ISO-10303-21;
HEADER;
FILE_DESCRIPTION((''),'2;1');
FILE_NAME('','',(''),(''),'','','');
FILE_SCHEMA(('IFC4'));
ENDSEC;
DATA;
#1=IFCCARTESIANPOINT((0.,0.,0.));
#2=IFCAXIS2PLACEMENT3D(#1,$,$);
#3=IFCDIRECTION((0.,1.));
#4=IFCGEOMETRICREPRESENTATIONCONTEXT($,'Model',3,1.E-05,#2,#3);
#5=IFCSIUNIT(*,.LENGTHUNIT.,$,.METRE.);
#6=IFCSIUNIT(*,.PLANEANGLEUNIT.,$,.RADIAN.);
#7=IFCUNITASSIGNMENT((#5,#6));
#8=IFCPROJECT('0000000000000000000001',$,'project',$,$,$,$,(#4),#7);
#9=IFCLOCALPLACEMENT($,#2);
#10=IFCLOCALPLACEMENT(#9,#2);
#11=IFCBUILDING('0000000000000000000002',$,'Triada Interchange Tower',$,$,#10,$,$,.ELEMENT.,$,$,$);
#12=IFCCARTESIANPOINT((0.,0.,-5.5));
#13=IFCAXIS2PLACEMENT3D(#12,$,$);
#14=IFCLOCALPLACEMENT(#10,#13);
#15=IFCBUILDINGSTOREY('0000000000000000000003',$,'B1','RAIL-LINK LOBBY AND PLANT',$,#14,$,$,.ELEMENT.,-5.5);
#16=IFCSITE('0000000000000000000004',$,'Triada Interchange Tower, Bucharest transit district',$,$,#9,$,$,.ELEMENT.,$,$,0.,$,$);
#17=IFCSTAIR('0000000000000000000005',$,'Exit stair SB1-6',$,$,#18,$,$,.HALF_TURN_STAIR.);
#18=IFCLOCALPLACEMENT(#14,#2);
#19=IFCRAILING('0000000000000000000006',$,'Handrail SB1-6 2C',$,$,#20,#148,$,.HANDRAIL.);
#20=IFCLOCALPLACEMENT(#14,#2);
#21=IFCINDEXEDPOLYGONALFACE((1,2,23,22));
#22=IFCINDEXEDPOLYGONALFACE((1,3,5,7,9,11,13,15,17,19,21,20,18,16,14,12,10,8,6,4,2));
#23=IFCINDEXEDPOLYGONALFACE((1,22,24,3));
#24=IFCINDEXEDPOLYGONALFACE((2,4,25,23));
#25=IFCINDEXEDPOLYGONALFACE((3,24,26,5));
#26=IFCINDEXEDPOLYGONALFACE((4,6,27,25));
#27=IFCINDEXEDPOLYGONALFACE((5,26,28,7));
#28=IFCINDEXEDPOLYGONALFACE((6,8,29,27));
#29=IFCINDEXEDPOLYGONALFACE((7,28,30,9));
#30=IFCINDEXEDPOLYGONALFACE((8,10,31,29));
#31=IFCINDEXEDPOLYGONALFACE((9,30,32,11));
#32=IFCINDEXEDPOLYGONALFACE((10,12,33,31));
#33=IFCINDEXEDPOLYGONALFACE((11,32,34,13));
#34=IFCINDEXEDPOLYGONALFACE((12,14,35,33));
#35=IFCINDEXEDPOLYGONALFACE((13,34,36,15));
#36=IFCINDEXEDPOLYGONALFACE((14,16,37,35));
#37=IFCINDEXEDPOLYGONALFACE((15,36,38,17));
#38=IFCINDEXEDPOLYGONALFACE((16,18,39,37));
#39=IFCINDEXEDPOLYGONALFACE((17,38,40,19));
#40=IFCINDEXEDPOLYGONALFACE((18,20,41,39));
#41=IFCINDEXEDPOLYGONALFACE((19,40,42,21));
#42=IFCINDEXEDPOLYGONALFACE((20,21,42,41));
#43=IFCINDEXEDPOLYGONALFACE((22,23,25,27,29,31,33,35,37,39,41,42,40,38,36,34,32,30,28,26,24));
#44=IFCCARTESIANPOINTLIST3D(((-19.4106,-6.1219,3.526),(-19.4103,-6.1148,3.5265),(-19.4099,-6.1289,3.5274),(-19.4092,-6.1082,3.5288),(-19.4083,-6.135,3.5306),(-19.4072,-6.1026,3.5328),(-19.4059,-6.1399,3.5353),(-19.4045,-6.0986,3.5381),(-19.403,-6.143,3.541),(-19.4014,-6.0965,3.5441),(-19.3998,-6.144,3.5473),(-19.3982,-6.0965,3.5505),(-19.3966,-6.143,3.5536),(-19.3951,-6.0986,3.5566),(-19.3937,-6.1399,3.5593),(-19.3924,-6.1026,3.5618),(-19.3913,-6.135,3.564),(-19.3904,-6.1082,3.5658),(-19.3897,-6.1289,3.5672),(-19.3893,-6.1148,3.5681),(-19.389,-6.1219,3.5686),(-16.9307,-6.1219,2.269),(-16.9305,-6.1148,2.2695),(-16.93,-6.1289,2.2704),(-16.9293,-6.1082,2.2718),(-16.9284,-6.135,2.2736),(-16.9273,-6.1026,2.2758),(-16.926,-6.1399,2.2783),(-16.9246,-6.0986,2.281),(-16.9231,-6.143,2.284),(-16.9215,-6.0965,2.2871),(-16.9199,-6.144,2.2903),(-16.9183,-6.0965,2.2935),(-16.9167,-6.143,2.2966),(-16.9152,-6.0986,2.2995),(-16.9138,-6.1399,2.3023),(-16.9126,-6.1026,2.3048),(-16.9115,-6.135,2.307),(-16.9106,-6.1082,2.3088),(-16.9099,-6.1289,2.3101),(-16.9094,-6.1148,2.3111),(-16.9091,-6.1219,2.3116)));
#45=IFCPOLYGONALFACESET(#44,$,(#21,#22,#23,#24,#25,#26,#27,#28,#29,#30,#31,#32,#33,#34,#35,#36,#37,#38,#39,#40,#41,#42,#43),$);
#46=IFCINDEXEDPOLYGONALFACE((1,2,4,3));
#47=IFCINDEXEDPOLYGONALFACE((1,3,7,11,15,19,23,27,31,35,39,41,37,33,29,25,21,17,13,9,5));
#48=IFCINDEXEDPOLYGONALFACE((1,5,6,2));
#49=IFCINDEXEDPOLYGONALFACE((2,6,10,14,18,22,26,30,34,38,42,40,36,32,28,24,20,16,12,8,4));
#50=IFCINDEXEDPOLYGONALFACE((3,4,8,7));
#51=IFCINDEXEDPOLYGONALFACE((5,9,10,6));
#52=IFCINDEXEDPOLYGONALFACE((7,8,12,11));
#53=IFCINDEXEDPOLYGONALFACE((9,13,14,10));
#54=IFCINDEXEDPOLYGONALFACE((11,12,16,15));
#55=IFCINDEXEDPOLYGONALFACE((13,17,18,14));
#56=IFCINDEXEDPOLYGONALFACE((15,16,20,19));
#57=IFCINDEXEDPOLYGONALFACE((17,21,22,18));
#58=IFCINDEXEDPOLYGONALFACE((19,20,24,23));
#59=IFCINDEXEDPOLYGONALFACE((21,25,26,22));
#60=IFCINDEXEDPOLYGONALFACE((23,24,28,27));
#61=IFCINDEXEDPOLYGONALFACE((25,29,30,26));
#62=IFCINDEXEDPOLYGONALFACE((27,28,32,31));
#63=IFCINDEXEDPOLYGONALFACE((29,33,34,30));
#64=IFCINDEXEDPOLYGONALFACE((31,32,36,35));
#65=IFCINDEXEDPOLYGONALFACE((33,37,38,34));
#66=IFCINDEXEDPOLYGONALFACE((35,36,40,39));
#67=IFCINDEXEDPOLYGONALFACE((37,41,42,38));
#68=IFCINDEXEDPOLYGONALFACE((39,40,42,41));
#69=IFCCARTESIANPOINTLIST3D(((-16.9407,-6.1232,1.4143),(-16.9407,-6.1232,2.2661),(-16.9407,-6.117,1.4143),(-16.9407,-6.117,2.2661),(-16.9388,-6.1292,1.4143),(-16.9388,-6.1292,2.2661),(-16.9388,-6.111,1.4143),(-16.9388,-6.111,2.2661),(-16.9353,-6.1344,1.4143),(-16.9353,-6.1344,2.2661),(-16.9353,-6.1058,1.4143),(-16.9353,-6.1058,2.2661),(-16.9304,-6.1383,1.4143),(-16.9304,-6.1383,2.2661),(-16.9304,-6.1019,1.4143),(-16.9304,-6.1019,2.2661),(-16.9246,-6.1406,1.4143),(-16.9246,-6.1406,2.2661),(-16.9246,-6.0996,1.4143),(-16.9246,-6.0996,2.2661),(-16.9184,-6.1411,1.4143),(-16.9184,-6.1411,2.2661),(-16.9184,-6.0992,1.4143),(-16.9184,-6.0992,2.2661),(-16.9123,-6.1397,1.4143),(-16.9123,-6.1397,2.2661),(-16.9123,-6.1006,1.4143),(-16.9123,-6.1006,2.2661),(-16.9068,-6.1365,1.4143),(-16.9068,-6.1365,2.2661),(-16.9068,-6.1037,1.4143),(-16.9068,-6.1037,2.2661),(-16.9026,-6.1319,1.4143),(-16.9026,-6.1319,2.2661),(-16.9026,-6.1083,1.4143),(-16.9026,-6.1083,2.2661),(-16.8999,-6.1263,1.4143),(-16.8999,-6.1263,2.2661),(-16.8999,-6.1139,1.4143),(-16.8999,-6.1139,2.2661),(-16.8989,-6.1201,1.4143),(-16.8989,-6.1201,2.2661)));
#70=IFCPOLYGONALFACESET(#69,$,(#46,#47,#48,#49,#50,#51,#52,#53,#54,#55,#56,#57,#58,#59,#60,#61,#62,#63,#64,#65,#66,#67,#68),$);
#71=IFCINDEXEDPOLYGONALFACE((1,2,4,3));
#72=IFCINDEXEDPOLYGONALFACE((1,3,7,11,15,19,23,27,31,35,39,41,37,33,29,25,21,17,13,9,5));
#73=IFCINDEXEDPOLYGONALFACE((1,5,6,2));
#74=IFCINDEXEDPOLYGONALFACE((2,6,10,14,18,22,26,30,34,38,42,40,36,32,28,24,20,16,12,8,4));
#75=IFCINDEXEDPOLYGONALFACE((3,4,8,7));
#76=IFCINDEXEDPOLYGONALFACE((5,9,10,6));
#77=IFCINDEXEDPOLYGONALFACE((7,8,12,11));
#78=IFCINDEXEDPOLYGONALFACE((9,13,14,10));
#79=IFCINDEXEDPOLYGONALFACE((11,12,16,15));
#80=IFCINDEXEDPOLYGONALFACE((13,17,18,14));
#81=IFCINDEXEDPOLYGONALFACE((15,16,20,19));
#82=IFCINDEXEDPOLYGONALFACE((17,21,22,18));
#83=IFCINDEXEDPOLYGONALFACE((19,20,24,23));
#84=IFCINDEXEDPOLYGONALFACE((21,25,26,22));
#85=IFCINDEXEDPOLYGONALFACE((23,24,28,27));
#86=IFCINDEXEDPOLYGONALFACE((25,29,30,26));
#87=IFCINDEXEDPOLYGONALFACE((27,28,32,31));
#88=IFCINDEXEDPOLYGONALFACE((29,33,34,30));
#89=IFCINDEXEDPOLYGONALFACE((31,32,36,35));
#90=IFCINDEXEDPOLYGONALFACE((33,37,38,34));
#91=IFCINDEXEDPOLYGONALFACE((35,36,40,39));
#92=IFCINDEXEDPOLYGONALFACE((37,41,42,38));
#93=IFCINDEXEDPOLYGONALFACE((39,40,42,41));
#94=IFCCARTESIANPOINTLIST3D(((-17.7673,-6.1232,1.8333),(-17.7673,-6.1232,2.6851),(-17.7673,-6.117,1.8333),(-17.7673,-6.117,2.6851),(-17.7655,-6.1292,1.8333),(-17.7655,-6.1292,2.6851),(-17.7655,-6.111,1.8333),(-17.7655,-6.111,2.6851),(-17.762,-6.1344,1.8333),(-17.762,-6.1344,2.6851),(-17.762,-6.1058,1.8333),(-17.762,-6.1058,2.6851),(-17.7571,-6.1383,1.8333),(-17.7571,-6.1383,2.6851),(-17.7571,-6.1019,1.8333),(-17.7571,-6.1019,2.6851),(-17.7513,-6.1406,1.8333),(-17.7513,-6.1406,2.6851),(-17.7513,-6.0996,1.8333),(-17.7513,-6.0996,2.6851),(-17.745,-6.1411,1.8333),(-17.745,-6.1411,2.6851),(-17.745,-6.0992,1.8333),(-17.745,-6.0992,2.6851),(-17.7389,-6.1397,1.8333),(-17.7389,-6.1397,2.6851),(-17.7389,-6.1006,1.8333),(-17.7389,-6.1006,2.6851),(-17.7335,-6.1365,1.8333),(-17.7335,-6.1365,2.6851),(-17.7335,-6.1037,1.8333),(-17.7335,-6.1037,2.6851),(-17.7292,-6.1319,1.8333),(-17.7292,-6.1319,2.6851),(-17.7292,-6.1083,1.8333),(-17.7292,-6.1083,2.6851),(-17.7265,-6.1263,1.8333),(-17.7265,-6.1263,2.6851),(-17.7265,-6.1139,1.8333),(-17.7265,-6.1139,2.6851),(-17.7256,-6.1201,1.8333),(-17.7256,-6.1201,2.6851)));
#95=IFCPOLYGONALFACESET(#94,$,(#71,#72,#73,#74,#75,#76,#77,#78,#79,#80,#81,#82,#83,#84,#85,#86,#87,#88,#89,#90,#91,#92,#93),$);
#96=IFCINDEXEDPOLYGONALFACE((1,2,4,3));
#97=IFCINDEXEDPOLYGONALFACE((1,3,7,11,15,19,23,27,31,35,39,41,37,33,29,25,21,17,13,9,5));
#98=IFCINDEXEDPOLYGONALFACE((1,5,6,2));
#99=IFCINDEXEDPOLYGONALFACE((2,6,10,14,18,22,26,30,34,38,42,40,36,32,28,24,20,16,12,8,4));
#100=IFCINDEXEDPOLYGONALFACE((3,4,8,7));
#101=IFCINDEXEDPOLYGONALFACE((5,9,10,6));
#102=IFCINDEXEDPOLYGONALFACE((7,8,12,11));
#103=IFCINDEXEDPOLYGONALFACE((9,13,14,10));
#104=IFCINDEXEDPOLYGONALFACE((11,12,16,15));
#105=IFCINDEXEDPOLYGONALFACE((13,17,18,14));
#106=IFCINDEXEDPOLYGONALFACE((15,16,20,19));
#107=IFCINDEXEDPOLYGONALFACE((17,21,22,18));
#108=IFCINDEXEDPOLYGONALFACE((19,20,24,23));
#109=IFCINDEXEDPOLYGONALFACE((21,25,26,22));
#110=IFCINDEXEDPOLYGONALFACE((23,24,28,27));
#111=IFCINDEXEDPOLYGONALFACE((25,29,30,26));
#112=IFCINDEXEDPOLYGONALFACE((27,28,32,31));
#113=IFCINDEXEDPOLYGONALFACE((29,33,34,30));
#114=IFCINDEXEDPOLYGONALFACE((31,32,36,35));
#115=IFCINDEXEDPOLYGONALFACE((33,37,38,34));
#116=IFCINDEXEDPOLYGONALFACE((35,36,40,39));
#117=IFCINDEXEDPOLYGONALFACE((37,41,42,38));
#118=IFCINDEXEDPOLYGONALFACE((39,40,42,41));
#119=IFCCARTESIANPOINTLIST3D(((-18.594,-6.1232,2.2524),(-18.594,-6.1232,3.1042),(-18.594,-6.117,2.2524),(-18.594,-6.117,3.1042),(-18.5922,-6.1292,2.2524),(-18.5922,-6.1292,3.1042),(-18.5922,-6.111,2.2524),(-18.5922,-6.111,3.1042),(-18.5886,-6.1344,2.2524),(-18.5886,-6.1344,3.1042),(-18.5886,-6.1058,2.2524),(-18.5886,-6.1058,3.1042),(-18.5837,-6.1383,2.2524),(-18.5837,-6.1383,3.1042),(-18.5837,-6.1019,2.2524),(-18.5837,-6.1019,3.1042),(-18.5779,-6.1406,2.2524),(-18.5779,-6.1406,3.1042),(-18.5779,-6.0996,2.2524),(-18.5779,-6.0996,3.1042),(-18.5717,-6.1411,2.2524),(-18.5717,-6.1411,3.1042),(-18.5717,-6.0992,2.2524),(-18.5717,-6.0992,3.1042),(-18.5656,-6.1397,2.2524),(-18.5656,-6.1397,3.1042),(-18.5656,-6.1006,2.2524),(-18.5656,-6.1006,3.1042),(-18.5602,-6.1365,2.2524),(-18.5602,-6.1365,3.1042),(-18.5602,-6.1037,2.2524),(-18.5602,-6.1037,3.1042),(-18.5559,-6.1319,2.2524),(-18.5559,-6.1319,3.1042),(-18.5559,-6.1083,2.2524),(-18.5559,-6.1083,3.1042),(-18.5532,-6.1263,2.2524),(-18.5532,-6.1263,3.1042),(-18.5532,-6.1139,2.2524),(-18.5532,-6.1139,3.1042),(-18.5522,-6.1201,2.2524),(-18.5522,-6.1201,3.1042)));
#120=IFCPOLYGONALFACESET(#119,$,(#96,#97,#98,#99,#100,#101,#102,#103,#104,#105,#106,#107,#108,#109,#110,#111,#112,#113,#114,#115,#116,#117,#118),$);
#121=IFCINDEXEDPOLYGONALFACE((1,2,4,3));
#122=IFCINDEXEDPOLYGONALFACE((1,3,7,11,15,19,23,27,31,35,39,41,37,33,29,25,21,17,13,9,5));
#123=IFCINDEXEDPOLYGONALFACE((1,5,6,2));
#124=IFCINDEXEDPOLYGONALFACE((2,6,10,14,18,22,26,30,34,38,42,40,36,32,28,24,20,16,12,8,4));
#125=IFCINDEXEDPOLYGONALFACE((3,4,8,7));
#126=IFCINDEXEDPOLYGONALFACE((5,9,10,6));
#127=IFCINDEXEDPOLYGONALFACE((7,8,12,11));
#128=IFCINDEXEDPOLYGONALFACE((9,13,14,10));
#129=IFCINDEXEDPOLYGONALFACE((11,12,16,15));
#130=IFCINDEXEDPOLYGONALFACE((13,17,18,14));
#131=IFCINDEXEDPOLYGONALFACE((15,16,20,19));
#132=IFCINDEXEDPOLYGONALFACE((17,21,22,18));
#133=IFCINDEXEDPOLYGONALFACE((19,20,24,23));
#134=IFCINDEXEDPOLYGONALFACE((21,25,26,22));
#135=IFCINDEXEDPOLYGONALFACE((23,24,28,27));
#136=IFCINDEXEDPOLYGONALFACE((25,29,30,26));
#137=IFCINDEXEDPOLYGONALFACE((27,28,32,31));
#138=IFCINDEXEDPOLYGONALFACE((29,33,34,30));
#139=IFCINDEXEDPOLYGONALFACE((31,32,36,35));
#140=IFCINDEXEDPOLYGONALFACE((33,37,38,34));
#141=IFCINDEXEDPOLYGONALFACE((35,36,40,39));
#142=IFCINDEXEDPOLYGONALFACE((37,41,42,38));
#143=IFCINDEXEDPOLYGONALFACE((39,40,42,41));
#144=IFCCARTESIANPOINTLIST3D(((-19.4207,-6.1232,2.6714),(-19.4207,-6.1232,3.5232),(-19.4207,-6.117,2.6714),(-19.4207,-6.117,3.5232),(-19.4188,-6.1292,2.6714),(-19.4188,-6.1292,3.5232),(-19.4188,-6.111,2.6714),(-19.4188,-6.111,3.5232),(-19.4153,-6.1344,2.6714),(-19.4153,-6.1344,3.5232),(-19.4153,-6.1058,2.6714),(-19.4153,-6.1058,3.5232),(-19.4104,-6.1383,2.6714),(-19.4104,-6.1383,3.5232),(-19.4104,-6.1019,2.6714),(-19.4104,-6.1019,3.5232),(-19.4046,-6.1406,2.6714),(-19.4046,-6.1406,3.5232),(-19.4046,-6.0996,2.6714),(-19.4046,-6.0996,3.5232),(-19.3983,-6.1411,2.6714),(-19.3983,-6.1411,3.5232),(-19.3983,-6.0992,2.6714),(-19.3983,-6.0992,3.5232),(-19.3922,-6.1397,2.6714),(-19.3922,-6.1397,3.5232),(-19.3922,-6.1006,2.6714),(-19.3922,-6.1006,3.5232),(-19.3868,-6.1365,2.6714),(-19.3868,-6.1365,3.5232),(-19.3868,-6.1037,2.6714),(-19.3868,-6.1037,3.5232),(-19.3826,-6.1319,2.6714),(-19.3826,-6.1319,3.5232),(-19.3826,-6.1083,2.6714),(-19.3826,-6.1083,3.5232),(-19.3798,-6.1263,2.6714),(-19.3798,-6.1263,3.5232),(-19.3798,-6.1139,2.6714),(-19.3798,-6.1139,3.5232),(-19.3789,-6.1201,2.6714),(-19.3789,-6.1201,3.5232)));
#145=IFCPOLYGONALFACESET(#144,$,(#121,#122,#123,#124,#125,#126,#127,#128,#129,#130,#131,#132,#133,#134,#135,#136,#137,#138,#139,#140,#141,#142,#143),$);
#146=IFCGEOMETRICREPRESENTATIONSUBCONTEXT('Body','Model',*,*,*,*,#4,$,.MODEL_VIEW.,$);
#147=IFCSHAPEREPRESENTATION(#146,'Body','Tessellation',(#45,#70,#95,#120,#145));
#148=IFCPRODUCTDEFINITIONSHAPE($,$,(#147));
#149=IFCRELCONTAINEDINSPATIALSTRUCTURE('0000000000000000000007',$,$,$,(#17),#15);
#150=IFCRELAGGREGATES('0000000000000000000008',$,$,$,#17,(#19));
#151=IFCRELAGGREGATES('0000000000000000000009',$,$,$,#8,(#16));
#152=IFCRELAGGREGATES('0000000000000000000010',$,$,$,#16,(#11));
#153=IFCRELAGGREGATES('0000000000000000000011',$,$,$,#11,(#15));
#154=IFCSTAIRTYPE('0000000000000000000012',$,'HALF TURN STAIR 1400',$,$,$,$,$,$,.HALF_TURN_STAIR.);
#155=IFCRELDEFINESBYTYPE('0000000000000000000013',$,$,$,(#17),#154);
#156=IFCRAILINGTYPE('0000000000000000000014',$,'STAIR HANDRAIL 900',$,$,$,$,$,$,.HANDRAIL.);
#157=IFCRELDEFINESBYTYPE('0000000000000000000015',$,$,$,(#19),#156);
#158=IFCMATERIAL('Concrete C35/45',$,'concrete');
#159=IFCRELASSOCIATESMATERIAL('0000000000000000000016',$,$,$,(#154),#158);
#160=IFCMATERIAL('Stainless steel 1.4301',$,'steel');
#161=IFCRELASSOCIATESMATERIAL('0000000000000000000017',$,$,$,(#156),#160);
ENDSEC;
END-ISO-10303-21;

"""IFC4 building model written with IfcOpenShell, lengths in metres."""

from ifc_helpers import new_model, si_unit, direction, frame, origin, origin_2d, place, context, subcontext, project, spatial, circle, extrude, material, type_object, element, aggregate, save


model = new_model("IFC4")

# Units and contexts
model_context = context("Model", 3, precision=1e-05, world=origin(), true_north=direction((0.0, 1.0)))
body_context = subcontext(model_context, "Body", "Model", "MODEL_VIEW")
ifc_project = project(units=[si_unit("LENGTHUNIT", "METRE"), si_unit("PLANEANGLEUNIT", "RADIAN")], contexts=[model_context])

# Site, building, storey
site_placement = place(None, origin())
site = spatial("IfcSite", under=ifc_project, at=site_placement, Name="Triada Interchange Tower, Bucharest transit district", CompositionType="ELEMENT", RefElevation=0.0)
building_placement = place(site_placement, origin())
building = spatial("IfcBuilding", under=site, at=building_placement, Name="Triada Interchange Tower", CompositionType="ELEMENT")
storey_placement = place(building_placement, frame((0.0, 0.0, -5.5)))
storey = spatial("IfcBuildingStorey", under=building, at=storey_placement, Name="B1", Description="RAIL-LINK LOBBY AND PLANT", CompositionType="ELEMENT", Elevation=-5.5)

# Stair, railing
ifc_material_1 = material(Name="Concrete C35/45", Category="concrete")
stair_type = type_object("IfcStairType", Name="HALF TURN STAIR 1400", PredefinedType="HALF_TURN_STAIR", material=ifc_material_1)
stair_placement = place(storey_placement, origin())
stair = element("IfcStair", 1, at=stair_placement, inside=storey, type_object=stair_type, Name="Exit stair SB1-6", PredefinedType="HALF_TURN_STAIR")
ifc_material_2 = material(Name="Stainless steel 1.4301", Category="steel")
railing_type = type_object("IfcRailingType", Name="STAIR HANDRAIL 900", PredefinedType="HANDRAIL", material=ifc_material_2)
railing_1_placement = place(storey_placement, frame((-16.9199, -6.1201, 1.4143)))
railing_1 = element("IfcRailing", 2, at=railing_1_placement, type_object=railing_type, Name="Handrail SB1-6 2C", PredefinedType="HANDRAIL", context=body_context, shape_type="SweptSolid", body=[
    extrude(circle(Radius=0.0239, at=origin_2d()), frame((0.0, 0.0, 0.876), z_axis=(-0.891955, 0.0, 0.452124), x_axis=(0.0, -1.0, 0.0)), (0.0, 0.0, 1.0), 2.7803),
    extrude(circle(Radius=0.021, at=origin_2d()), origin(), (0.0, 0.0, 1.0), 0.8518),
    extrude(circle(Radius=0.021, at=origin_2d()), frame((-0.8267, 0.0, 0.4189)), (0.0, 0.0, 1.0), 0.8518),
    extrude(circle(Radius=0.021, at=origin_2d()), frame((-1.6533, 0.0, 0.8381)), (0.0, 0.0, 1.0), 0.8518),
    extrude(circle(Radius=0.021, at=origin_2d()), frame((-2.48, 0.0, 1.2571)), (0.0, 0.0, 1.0), 0.8518),
])
aggregate(stair, [railing_1])

save(model, "model.ifc")
